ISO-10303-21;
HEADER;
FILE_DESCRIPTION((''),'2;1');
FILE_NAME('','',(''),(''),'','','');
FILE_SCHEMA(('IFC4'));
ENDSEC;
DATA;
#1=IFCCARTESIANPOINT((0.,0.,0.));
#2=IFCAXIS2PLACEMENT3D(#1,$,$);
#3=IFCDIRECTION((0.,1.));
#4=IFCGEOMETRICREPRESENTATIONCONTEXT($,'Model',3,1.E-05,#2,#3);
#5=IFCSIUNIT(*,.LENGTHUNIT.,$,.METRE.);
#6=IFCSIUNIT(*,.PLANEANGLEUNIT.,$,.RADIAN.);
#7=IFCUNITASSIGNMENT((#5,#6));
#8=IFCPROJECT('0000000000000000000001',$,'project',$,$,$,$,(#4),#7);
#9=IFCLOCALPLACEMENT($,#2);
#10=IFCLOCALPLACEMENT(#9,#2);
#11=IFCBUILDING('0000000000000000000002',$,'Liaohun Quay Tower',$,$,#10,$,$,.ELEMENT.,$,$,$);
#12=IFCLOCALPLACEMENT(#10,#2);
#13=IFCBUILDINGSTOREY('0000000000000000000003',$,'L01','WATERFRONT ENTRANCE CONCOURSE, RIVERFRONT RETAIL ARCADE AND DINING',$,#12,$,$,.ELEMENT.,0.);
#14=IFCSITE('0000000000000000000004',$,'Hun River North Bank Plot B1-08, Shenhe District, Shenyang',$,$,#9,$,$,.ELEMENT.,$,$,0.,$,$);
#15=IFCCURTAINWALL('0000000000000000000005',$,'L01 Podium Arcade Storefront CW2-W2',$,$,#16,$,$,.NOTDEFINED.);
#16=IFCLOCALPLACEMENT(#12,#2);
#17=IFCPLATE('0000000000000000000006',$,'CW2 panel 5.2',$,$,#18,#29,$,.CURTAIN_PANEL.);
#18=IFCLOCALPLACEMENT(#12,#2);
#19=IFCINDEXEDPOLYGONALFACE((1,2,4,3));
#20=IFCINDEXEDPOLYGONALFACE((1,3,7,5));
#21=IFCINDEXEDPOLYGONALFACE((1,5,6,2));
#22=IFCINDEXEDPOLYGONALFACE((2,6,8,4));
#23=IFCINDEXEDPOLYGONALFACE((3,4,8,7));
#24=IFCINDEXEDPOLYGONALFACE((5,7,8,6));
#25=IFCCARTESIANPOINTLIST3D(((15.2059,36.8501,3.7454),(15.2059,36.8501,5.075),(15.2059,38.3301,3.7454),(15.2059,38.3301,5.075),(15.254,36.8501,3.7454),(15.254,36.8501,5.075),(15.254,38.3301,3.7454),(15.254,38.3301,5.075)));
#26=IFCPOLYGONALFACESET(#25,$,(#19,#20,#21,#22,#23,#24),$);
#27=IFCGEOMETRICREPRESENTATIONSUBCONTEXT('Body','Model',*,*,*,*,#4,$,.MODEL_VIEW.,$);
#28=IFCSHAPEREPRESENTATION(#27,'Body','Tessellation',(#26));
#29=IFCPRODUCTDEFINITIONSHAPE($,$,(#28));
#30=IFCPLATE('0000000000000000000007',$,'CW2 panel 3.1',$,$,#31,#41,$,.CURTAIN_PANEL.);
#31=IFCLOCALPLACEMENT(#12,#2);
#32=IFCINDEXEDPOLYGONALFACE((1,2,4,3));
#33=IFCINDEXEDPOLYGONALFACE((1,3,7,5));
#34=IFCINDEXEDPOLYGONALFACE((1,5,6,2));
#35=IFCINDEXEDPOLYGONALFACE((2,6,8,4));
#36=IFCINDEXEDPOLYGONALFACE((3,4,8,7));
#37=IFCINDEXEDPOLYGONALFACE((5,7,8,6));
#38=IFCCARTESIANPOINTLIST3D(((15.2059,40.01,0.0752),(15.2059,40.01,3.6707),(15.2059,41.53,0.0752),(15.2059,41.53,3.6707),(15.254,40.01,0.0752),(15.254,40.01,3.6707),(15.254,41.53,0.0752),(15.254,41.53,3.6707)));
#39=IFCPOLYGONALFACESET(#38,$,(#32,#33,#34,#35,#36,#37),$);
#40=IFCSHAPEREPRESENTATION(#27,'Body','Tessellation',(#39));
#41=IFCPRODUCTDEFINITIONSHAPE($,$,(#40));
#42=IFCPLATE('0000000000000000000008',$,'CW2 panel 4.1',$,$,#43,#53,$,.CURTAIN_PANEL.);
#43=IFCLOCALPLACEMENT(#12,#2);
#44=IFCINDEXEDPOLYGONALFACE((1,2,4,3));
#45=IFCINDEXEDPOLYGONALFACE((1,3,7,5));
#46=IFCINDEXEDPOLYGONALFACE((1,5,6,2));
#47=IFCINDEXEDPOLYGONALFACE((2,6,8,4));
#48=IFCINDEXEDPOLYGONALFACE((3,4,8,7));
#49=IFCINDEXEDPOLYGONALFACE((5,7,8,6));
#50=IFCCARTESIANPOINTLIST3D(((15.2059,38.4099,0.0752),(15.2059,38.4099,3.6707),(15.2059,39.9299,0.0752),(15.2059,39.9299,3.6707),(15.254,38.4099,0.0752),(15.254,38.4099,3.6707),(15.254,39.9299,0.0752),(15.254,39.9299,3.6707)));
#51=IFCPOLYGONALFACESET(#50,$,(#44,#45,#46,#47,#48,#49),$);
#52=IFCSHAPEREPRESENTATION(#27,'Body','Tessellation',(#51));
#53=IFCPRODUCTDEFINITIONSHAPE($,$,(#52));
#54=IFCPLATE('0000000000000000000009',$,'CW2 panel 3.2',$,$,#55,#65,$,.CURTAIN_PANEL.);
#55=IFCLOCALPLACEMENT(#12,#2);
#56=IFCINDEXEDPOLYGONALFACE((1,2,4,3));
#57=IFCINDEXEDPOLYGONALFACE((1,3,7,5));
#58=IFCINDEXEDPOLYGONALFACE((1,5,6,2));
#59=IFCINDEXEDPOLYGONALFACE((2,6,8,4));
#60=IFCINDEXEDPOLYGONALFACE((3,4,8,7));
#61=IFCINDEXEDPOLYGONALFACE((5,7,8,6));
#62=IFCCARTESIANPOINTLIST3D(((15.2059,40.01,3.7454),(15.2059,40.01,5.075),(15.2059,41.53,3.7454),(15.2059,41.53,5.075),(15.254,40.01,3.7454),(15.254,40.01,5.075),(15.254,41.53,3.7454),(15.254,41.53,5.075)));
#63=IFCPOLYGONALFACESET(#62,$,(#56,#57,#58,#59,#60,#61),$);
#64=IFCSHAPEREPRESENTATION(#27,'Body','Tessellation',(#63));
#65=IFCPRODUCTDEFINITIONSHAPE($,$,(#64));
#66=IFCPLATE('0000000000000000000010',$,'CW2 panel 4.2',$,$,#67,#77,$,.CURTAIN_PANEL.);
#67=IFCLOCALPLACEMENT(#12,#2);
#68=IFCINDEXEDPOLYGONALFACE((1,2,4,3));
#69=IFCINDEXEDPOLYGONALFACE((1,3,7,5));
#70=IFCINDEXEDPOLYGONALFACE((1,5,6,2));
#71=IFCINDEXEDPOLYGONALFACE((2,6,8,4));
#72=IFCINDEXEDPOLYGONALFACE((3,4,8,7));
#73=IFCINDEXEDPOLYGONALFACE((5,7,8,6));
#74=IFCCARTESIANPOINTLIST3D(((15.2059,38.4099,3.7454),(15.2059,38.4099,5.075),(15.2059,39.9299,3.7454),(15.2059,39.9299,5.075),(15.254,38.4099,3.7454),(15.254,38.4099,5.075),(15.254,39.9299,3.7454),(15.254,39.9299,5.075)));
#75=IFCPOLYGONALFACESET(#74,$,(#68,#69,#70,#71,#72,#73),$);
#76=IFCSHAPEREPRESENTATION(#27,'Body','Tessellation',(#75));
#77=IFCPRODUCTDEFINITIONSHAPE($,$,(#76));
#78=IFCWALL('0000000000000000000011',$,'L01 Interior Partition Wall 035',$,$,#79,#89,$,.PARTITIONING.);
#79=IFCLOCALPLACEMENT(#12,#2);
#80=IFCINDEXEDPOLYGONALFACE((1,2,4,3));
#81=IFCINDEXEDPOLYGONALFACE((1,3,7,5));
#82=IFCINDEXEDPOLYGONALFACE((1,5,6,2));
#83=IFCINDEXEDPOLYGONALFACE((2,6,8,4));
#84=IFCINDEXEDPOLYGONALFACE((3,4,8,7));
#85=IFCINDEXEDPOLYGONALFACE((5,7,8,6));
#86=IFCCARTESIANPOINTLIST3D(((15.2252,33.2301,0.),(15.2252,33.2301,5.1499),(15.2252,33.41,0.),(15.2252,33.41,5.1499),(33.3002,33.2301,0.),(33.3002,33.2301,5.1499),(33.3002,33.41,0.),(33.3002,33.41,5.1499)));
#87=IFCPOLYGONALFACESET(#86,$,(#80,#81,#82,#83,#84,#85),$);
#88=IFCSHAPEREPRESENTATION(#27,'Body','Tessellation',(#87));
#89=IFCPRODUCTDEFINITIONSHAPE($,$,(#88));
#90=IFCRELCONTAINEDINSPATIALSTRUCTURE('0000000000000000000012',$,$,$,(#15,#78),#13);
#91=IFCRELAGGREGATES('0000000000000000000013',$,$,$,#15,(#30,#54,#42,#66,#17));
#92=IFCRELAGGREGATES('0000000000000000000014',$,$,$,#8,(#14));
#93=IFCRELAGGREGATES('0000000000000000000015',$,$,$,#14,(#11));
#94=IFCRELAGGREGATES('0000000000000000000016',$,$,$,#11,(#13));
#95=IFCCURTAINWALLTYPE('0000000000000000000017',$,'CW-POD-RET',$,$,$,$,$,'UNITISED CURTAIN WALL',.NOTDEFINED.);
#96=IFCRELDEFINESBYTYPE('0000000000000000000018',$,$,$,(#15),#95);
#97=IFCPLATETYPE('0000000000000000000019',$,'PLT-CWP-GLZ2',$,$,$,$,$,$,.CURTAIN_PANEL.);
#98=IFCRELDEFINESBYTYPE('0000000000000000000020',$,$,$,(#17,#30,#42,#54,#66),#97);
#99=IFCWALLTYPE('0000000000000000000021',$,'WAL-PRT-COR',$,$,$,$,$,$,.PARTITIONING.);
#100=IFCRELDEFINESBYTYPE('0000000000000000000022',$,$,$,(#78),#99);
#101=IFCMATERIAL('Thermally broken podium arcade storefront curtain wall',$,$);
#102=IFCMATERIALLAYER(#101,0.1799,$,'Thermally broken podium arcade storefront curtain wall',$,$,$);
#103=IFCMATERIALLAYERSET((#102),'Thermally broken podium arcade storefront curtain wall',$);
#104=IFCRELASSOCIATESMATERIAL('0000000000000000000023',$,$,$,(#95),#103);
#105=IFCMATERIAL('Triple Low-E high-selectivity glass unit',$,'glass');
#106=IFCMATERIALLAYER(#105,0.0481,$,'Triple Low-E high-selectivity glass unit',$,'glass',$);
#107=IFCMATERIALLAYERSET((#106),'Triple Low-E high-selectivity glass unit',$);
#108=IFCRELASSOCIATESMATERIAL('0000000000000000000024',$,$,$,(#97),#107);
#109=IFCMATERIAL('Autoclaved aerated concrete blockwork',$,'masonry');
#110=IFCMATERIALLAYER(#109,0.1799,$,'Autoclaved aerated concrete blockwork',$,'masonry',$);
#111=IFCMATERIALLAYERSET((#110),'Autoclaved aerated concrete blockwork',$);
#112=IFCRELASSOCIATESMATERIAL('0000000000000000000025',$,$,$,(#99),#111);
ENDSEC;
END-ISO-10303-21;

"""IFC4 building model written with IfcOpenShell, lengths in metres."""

from ifc_helpers import new_model, si_unit, direction, frame, frame_2d, origin, origin_2d, place, context, subcontext, project, spatial, rectangle, extrude, source, transform, mapped, material, layer, layer_set, type_object, element, aggregate, save


model = new_model("IFC4")

# Units and contexts
model_context = context("Model", 3, precision=1e-05, world=origin(), true_north=direction((0.0, 1.0)))
body_context = subcontext(model_context, "Body", "Model", "MODEL_VIEW")
ifc_project = project(units=[si_unit("LENGTHUNIT", "METRE"), si_unit("PLANEANGLEUNIT", "RADIAN")], contexts=[model_context])

# Site, building, storey
site_placement = place(None, origin())
site = spatial("IfcSite", under=ifc_project, at=site_placement, Name="Hun River North Bank Plot B1-08, Shenhe District, Shenyang", CompositionType="ELEMENT", RefElevation=0.0)
building_placement = place(site_placement, origin())
building = spatial("IfcBuilding", under=site, at=building_placement, Name="Liaohun Quay Tower", CompositionType="ELEMENT")
storey_placement = place(building_placement, origin())
storey = spatial("IfcBuildingStorey", under=building, at=storey_placement, Name="L01", Description="WATERFRONT ENTRANCE CONCOURSE, RIVERFRONT RETAIL ARCADE AND DINING", CompositionType="ELEMENT", Elevation=0.0)

# Curtain wall, plates
ifc_material_1 = material(Name="Thermally broken podium arcade storefront curtain wall")
ifc_layer_1 = layer(ifc_material_1, 0.1799, Name="Thermally broken podium arcade storefront curtain wall")
ifc_layer_set_1 = layer_set([ifc_layer_1], Name="Thermally broken podium arcade storefront curtain wall")
curtain_wall_type = type_object("IfcCurtainWallType", Name="CW-POD-RET", ElementType="UNITISED CURTAIN WALL", PredefinedType="NOTDEFINED", material=ifc_layer_set_1)
curtain_wall_placement = place(storey_placement, origin())
curtain_wall = element("IfcCurtainWall", 1, at=curtain_wall_placement, inside=storey, type_object=curtain_wall_type, Name="L01 Podium Arcade Storefront CW2-W2", PredefinedType="NOTDEFINED")
ifc_material_2 = material(Name="Triple Low-E high-selectivity glass unit", Category="glass")
ifc_layer_2 = layer(ifc_material_2, 0.0481, Name="Triple Low-E high-selectivity glass unit", Category="glass")
ifc_layer_set_2 = layer_set([ifc_layer_2], Name="Triple Low-E high-selectivity glass unit")
plate_type = type_object("IfcPlateType", Name="PLT-CWP-GLZ2", PredefinedType="CURTAIN_PANEL", material=ifc_layer_set_2)
shared_shape_1 = source(origin(), body_context, "Body", "SweptSolid", [
    extrude(rectangle(XDim=1.48, YDim=0.0481, at=origin_2d()), origin(), (0.0, 0.0, 1.0), 1.3296),
])
plate_1_placement = place(storey_placement, frame((15.23, 37.5901, 3.7454), z_axis=(0.0, 0.0, 1.0), x_axis=(0.0, -1.0, 0.0)))
plate_1 = element("IfcPlate", 2, at=plate_1_placement, type_object=plate_type, Name="CW2 panel 5.2", PredefinedType="CURTAIN_PANEL", context=body_context, shape_type="MappedRepresentation", body=[
    mapped(shared_shape_1, transform((0.0, 0.0, 0.0), x_axis=(1.0, 0.0, 0.0), y_axis=(0.0, 1.0, 0.0), z_axis=(0.0, 0.0, 1.0), scale=1.0)),
])
shared_shape_2 = source(origin(), body_context, "Body", "SweptSolid", [
    extrude(rectangle(XDim=1.52, YDim=0.0481, at=origin_2d()), origin(), (0.0, 0.0, 1.0), 3.5955),
])
plate_2_placement = place(storey_placement, frame((15.23, 40.77, 0.0752), z_axis=(0.0, 0.0, 1.0), x_axis=(0.0, -1.0, 0.0)))
plate_2 = element("IfcPlate", 3, at=plate_2_placement, type_object=plate_type, Name="CW2 panel 3.1", PredefinedType="CURTAIN_PANEL", context=body_context, shape_type="MappedRepresentation", body=[
    mapped(shared_shape_2, transform((0.0, 0.0, 0.0), x_axis=(1.0, 0.0, 0.0), y_axis=(0.0, 1.0, 0.0), z_axis=(0.0, 0.0, 1.0), scale=1.0)),
])
plate_3_placement = place(storey_placement, frame((15.23, 39.1699, 0.0752), z_axis=(0.0, 0.0, 1.0), x_axis=(0.0, -1.0, 0.0)))
plate_3 = element("IfcPlate", 4, at=plate_3_placement, type_object=plate_type, Name="CW2 panel 4.1", PredefinedType="CURTAIN_PANEL", context=body_context, shape_type="MappedRepresentation", body=[
    mapped(shared_shape_2, transform((0.0, 0.0, 0.0), x_axis=(1.0, 0.0, 0.0), y_axis=(0.0, 1.0, 0.0), z_axis=(0.0, 0.0, 1.0), scale=1.0)),
])
shared_shape_3 = source(origin(), body_context, "Body", "SweptSolid", [
    extrude(rectangle(XDim=1.52, YDim=0.0481, at=origin_2d()), origin(), (0.0, 0.0, 1.0), 1.3296),
])
plate_4_placement = place(storey_placement, frame((15.23, 40.77, 3.7454), z_axis=(0.0, 0.0, 1.0), x_axis=(0.0, -1.0, 0.0)))
plate_4 = element("IfcPlate", 5, at=plate_4_placement, type_object=plate_type, Name="CW2 panel 3.2", PredefinedType="CURTAIN_PANEL", context=body_context, shape_type="MappedRepresentation", body=[
    mapped(shared_shape_3, transform((0.0, 0.0, 0.0), x_axis=(1.0, 0.0, 0.0), y_axis=(0.0, 1.0, 0.0), z_axis=(0.0, 0.0, 1.0), scale=1.0)),
])
plate_5_placement = place(storey_placement, frame((15.23, 39.1699, 3.7454), z_axis=(0.0, 0.0, 1.0), x_axis=(0.0, -1.0, 0.0)))
plate_5 = element("IfcPlate", 6, at=plate_5_placement, type_object=plate_type, Name="CW2 panel 4.2", PredefinedType="CURTAIN_PANEL", context=body_context, shape_type="MappedRepresentation", body=[
    mapped(shared_shape_3, transform((0.0, 0.0, 0.0), x_axis=(1.0, 0.0, 0.0), y_axis=(0.0, 1.0, 0.0), z_axis=(0.0, 0.0, 1.0), scale=1.0)),
])
aggregate(curtain_wall, [plate_2, plate_4, plate_3, plate_5, plate_1])

# Wall
ifc_material_3 = material(Name="Autoclaved aerated concrete blockwork", Category="masonry")
ifc_layer_3 = layer(ifc_material_3, 0.1799, Name="Autoclaved aerated concrete blockwork", Category="masonry")
ifc_layer_set_3 = layer_set([ifc_layer_3], Name="Autoclaved aerated concrete blockwork")
wall_type_1 = type_object("IfcWallType", Name="WAL-PRT-COR", PredefinedType="PARTITIONING", material=ifc_layer_set_3)
wall_1_placement = place(storey_placement, frame((15.2251, 33.3201, 0.0), z_axis=(0.0, 0.0, 1.0), x_axis=(1.0, 0.0, 0.0)))
element("IfcWall", 7, at=wall_1_placement, inside=storey, type_object=wall_type_1, Name="L01 Interior Partition Wall 035", PredefinedType="PARTITIONING", context=body_context, shape_type="SweptSolid", body=[
    extrude(rectangle(XDim=18.075, YDim=0.1799, at=frame_2d((9.0376, 0.0))), origin(), (0.0, 0.0, 1.0), 5.1499),
])

save(model, "model.ifc")
